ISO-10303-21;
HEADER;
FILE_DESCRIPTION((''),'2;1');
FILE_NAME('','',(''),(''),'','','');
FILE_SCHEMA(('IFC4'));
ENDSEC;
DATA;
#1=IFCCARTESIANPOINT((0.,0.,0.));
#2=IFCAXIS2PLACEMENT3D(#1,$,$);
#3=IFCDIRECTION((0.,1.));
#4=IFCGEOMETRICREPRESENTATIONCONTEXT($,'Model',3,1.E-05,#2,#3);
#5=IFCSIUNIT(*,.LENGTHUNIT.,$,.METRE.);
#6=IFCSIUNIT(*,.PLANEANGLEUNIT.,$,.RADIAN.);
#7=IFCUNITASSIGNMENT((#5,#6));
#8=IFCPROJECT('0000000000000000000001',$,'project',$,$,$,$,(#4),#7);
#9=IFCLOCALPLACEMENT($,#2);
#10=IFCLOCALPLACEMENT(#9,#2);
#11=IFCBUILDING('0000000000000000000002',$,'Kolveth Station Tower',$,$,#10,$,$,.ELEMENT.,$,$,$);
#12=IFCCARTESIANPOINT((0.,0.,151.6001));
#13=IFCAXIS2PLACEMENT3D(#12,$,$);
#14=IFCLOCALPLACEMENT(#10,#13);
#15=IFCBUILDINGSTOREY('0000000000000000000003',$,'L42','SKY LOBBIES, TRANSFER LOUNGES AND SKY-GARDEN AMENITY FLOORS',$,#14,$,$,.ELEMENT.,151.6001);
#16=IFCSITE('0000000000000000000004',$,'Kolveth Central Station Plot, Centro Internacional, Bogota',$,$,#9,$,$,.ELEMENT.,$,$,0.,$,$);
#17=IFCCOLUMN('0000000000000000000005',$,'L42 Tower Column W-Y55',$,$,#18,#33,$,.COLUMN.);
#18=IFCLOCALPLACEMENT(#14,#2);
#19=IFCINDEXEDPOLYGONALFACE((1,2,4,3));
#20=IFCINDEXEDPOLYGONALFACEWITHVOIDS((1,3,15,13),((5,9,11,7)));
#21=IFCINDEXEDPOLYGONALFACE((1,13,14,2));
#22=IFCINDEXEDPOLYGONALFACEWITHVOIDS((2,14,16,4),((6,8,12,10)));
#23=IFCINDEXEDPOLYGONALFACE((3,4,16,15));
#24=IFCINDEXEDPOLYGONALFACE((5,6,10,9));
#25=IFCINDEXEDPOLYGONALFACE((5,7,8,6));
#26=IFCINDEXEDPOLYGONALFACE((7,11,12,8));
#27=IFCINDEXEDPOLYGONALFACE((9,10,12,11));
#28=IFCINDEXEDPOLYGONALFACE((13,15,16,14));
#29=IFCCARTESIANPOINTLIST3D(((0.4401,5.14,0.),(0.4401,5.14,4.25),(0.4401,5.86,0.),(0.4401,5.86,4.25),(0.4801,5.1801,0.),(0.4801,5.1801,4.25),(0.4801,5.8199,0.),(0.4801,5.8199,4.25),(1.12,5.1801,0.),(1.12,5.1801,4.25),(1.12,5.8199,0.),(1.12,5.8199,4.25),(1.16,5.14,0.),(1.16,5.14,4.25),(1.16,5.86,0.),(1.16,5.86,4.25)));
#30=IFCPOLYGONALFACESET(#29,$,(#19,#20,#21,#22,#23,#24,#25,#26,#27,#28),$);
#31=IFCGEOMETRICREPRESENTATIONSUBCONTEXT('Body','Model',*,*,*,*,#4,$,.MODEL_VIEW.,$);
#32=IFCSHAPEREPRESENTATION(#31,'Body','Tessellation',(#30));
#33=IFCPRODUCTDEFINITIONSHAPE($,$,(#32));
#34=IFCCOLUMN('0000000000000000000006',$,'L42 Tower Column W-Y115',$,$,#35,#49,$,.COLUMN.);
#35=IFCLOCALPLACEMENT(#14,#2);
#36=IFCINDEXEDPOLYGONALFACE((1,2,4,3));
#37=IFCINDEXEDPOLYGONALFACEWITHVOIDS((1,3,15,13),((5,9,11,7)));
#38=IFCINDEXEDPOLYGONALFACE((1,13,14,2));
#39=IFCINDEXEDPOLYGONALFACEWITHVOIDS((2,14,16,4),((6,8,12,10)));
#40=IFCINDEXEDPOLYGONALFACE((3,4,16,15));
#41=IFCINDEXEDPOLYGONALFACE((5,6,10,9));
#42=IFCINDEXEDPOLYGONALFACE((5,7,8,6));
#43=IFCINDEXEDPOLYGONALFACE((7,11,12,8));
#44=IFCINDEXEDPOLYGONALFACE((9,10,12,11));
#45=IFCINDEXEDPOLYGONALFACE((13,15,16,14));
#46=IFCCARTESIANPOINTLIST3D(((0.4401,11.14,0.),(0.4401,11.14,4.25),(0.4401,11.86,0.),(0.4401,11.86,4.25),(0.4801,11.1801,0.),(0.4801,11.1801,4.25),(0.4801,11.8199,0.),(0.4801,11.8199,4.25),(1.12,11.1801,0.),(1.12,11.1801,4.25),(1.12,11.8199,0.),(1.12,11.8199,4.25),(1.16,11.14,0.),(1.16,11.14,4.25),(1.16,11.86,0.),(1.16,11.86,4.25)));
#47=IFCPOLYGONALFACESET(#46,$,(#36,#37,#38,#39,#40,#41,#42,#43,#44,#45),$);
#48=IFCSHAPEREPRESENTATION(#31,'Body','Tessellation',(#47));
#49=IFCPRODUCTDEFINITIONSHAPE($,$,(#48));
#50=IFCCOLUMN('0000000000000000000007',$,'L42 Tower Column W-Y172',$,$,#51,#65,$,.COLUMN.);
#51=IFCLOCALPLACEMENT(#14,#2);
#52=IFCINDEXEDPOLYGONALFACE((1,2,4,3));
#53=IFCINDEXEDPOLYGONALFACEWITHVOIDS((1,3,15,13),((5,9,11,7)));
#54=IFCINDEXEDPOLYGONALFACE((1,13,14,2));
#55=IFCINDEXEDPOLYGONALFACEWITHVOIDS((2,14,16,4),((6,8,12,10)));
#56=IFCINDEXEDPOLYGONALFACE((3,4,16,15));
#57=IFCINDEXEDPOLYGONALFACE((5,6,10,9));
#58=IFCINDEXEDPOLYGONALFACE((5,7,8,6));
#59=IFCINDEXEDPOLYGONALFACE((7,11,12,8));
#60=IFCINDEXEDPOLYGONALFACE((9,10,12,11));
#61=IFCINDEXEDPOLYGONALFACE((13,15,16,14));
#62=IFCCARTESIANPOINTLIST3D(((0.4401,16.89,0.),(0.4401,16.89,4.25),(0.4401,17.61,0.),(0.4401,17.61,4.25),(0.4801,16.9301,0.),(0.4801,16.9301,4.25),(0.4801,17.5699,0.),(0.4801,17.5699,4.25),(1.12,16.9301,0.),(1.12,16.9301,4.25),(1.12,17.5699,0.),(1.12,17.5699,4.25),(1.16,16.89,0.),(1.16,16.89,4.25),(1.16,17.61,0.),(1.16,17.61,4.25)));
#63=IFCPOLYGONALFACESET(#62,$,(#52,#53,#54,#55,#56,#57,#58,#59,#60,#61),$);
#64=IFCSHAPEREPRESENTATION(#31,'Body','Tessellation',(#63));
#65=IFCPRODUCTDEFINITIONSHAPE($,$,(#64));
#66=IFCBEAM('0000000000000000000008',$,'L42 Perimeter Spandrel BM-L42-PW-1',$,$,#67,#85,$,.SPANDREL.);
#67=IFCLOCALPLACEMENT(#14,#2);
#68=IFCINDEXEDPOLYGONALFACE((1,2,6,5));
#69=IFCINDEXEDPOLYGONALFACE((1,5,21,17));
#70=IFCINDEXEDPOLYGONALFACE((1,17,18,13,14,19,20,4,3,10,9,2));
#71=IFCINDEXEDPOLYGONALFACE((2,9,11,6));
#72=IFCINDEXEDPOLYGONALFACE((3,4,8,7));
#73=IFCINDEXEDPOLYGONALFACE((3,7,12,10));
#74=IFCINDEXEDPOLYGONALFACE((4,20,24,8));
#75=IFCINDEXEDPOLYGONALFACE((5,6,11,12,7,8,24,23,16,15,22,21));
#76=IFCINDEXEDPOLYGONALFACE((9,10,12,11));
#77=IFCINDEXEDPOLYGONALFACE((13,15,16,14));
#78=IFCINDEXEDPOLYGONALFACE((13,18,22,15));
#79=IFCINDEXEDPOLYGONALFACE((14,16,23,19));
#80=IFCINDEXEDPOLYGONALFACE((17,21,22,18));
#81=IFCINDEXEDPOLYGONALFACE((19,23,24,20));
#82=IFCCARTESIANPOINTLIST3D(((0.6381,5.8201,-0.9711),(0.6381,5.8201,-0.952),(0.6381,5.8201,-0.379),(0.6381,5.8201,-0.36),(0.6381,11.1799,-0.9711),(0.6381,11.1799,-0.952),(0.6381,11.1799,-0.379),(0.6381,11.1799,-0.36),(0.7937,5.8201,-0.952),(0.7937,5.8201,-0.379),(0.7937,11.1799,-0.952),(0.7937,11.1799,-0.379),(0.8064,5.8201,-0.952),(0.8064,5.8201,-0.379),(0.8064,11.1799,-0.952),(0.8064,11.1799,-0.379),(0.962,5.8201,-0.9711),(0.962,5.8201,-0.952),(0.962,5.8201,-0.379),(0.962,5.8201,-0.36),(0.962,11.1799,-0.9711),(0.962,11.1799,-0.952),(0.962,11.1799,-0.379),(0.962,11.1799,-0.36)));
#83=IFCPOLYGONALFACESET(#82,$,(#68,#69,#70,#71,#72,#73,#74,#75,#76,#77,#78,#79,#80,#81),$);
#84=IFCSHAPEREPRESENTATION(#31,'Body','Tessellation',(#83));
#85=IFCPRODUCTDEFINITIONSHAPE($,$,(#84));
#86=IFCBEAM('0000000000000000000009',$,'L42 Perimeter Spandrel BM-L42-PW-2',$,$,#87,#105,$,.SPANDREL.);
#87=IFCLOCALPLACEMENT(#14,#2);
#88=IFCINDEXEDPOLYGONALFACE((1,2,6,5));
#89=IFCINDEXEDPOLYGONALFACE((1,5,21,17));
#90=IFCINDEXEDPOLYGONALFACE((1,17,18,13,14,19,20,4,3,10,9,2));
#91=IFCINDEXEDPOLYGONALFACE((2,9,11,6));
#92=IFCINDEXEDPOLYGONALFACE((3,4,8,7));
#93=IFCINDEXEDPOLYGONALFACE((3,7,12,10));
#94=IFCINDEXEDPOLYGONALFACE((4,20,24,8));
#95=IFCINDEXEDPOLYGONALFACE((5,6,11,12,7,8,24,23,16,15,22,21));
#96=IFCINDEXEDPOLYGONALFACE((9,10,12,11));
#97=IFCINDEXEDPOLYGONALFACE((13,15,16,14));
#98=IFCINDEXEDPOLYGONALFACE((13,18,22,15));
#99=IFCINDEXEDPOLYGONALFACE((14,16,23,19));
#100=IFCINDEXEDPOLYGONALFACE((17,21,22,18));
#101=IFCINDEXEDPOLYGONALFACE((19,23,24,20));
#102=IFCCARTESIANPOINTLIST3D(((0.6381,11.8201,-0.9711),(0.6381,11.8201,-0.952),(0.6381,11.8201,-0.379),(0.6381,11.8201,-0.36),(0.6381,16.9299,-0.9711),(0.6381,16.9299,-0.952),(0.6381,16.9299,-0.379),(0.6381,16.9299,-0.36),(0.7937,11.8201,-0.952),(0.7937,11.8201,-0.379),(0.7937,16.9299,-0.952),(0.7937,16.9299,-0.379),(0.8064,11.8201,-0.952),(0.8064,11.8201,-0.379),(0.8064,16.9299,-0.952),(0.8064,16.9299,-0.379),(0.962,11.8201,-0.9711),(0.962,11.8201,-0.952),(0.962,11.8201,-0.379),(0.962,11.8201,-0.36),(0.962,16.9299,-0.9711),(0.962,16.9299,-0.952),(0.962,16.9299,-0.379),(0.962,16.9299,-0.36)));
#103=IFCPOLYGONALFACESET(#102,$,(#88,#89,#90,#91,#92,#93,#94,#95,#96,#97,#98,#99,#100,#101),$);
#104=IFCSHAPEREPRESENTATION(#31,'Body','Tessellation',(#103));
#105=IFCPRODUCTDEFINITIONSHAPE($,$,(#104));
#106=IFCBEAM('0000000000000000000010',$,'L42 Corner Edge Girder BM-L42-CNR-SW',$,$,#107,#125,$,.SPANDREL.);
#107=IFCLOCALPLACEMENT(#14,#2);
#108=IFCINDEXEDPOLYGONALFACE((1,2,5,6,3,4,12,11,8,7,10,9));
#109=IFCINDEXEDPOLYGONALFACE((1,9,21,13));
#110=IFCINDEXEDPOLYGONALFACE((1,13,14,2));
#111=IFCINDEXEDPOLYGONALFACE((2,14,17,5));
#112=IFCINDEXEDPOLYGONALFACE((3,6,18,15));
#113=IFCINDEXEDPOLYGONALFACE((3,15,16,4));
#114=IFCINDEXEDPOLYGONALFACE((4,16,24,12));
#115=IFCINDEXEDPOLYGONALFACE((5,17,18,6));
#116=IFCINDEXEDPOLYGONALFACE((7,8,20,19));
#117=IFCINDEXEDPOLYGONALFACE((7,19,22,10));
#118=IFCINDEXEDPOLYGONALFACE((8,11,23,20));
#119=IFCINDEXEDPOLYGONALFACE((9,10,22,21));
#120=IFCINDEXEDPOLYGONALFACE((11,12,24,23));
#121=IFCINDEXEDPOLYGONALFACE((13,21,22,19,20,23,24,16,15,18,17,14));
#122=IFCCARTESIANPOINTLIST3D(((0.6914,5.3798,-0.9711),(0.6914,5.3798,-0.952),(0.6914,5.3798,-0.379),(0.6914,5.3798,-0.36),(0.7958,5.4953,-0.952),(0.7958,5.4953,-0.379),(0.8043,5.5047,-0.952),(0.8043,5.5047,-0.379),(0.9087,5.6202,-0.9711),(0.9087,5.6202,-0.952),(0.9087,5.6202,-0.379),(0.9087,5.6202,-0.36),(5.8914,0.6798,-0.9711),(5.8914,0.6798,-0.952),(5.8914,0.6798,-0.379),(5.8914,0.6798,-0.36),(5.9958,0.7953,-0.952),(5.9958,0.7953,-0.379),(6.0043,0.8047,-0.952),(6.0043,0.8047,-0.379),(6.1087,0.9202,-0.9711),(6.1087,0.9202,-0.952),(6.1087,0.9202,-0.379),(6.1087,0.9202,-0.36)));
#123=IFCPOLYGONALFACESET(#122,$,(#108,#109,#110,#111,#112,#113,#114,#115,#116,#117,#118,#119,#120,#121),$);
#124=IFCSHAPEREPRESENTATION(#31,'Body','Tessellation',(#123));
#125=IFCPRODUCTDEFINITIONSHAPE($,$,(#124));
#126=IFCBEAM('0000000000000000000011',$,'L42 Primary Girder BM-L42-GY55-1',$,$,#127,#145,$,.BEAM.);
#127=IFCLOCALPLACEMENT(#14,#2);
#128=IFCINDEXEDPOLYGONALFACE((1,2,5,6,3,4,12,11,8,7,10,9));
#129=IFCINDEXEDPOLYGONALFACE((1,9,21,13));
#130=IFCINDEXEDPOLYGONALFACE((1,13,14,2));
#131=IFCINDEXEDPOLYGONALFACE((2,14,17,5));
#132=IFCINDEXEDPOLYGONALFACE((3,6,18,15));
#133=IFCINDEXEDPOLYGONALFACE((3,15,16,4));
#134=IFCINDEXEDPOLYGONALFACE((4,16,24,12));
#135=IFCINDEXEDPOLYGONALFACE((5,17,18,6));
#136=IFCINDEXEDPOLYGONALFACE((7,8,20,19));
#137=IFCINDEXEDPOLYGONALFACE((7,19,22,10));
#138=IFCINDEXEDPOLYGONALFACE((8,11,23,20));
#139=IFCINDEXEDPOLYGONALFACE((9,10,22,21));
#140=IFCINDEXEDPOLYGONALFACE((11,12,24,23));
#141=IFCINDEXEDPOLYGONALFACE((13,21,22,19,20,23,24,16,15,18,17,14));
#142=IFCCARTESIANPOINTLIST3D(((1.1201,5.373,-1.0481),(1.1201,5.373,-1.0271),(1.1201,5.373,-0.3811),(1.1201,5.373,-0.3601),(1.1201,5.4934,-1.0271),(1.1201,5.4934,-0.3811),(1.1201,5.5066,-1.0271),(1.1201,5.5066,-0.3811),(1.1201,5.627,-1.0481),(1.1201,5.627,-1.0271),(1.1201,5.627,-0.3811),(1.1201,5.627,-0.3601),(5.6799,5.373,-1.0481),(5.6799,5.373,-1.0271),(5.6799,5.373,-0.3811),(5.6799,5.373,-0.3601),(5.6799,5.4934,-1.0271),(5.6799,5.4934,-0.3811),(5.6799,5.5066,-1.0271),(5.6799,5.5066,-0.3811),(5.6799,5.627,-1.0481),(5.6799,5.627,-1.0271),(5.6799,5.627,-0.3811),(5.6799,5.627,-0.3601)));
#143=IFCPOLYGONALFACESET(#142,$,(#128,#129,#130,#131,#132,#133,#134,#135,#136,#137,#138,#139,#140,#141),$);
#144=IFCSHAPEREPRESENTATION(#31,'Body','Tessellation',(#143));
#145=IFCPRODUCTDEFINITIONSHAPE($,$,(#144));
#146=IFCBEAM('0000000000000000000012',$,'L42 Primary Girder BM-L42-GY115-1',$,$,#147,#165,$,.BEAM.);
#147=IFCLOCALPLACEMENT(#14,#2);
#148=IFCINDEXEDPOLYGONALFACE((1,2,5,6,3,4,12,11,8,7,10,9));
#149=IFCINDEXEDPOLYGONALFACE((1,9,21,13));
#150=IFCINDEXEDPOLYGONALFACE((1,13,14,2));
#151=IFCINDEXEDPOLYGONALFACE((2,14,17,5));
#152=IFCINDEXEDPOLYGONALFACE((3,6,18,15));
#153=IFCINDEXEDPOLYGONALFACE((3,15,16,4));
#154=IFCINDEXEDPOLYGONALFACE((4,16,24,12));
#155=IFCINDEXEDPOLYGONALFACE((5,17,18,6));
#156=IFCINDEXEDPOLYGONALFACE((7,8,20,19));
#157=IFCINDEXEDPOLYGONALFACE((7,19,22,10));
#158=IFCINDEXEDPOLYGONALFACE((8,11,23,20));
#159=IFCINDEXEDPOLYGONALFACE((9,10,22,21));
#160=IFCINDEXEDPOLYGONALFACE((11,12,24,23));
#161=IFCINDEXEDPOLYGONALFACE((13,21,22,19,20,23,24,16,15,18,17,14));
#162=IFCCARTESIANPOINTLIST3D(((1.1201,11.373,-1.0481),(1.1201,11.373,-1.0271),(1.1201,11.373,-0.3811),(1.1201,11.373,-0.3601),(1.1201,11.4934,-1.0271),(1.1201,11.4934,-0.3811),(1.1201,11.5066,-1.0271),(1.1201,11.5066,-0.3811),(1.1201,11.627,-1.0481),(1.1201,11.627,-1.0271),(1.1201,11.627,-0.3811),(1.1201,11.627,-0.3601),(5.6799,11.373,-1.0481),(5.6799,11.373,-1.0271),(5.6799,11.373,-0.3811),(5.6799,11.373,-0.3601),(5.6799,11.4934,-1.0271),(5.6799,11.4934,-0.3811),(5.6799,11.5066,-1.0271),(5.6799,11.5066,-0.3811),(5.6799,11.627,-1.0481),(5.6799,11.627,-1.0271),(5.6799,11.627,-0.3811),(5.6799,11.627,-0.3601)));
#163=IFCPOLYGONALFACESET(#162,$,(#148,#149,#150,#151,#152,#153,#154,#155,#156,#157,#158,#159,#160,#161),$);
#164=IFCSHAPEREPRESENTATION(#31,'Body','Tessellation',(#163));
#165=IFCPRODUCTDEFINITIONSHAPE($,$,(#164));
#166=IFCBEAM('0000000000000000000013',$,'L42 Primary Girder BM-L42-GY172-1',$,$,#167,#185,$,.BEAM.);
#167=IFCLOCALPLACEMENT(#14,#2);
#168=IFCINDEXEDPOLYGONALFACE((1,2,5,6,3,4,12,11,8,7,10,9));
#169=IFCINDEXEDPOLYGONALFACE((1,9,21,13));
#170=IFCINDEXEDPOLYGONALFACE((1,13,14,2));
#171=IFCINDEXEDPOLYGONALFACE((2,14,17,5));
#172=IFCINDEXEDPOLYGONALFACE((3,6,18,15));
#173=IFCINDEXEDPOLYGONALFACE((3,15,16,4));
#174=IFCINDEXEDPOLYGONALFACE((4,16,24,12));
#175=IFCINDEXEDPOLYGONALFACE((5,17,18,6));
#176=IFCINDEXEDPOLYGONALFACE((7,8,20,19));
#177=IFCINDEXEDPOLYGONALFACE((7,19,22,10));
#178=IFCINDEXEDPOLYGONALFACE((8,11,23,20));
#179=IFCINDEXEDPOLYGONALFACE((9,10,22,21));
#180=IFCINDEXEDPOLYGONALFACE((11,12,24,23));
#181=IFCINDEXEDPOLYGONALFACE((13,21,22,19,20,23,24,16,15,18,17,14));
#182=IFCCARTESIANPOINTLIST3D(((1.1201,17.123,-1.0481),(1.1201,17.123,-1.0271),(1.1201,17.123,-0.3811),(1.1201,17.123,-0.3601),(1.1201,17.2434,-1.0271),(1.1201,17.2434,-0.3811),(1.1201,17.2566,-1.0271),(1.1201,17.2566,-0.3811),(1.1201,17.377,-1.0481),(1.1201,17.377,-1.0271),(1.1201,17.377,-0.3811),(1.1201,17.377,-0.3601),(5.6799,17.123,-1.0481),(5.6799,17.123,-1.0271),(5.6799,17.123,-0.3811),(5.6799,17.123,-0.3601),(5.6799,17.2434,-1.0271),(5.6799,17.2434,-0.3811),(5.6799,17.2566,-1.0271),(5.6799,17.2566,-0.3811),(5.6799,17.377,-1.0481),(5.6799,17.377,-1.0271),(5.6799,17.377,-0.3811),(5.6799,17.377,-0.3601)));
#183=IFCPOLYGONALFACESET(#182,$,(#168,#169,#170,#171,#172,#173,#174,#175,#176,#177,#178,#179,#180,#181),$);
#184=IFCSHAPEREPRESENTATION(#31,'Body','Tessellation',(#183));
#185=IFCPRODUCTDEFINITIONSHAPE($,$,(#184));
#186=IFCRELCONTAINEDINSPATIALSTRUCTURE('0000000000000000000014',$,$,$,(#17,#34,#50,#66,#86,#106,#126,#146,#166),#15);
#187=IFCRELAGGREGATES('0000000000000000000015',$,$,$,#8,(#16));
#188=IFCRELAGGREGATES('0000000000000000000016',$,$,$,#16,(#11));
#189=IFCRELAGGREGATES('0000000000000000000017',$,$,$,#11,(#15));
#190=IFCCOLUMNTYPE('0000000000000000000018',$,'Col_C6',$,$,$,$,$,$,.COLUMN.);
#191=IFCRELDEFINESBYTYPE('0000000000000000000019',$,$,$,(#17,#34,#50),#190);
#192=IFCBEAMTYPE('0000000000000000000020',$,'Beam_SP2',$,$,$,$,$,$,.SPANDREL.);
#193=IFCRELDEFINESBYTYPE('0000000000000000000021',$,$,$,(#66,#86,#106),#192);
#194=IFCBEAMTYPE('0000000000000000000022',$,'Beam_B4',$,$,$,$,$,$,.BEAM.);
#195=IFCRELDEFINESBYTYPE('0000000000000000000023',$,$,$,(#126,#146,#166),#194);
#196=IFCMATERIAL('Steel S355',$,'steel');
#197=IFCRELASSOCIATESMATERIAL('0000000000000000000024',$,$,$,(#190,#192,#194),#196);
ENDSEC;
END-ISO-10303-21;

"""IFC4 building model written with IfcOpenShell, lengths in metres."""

from ifc_helpers import new_model, si_unit, direction, frame, origin, origin_2d, place, context, subcontext, project, spatial, hollow_rectangle, i_section, extrude, source, transform, mapped, material, material_profile, profile_set, type_object, element, save


model = new_model("IFC4")

# Units and contexts
model_context = context("Model", 3, precision=1e-05, world=origin(), true_north=direction((0.0, 1.0)))
body_context = subcontext(model_context, "Body", "Model", "MODEL_VIEW")
ifc_project = project(units=[si_unit("LENGTHUNIT", "METRE"), si_unit("PLANEANGLEUNIT", "RADIAN")], contexts=[model_context])

# Site, building, storey
site_placement = place(None, origin())
site = spatial("IfcSite", under=ifc_project, at=site_placement, Name="Kolveth Central Station Plot, Centro Internacional, Bogota", CompositionType="ELEMENT", RefElevation=0.0)
building_placement = place(site_placement, origin())
building = spatial("IfcBuilding", under=site, at=building_placement, Name="Kolveth Station Tower", CompositionType="ELEMENT")
storey_placement = place(building_placement, frame((0.0, 0.0, 151.6001)))
storey = spatial("IfcBuildingStorey", under=building, at=storey_placement, Name="L42", Description="SKY LOBBIES, TRANSFER LOUNGES AND SKY-GARDEN AMENITY FLOORS", CompositionType="ELEMENT", Elevation=151.6001)

# Columns
ifc_material_1 = material(Name="Steel S355", Category="steel")
ifc_material_profile_1 = material_profile(ifc_material_1, hollow_rectangle(XDim=0.72, YDim=0.72, WallThickness=0.04, at=origin_2d()), Name="BOX720x720x40")
ifc_profile_set_1 = profile_set([ifc_material_profile_1], Name="Steel S355")
column_type = type_object("IfcColumnType", Name="Col_C6", PredefinedType="COLUMN", material=ifc_profile_set_1)
shared_shape_1 = source(origin(), body_context, "Body", "SweptSolid", [
    extrude(hollow_rectangle(XDim=0.72, YDim=0.72, WallThickness=0.04, at=origin_2d()), origin(), (0.0, 0.0, 1.0), 4.25),
])
for number, where, z_axis, x_axis, name in (
    (1, (0.8, 5.5, 0.0), (0.0, 0.0, 1.0), (1.0, 0.0, 0.0), "L42 Tower Column W-Y55"),
    (2, (0.8, 11.5, 0.0), (0.0, 0.0, 1.0), (1.0, 0.0, 0.0), "L42 Tower Column W-Y115"),
    (3, (0.8, 17.25, 0.0), (0.0, 0.0, 1.0), (1.0, 0.0, 0.0), "L42 Tower Column W-Y172"),
):
    element("IfcColumn", number, at=place(storey_placement, frame(where, z_axis=z_axis, x_axis=x_axis)), inside=storey, type_object=column_type, Name=name, PredefinedType="COLUMN", context=body_context, shape_type="MappedRepresentation", body=[
        mapped(shared_shape_1, transform((0.0, 0.0, 0.0), x_axis=(1.0, 0.0, 0.0), y_axis=(0.0, 1.0, 0.0), z_axis=(0.0, 0.0, 1.0), scale=1.0)),
    ])

# Beams
ifc_material_profile_2 = material_profile(ifc_material_1, i_section(OverallWidth=0.324, OverallDepth=0.6111, WebThickness=0.0127, FlangeThickness=0.019, at=origin_2d()), Name="W610x155")
ifc_profile_set_2 = profile_set([ifc_material_profile_2], Name="Steel S355")
beam_type_1 = type_object("IfcBeamType", Name="Beam_SP2", PredefinedType="SPANDREL", material=ifc_profile_set_2)
shared_shape_2 = source(origin(), body_context, "Body", "SweptSolid", [
    extrude(i_section(OverallWidth=0.324, OverallDepth=0.6111, WebThickness=0.0127, FlangeThickness=0.019, at=origin_2d()), origin(), (0.0, 0.0, 1.0), 5.3599),
])
beam_1_placement = place(storey_placement, frame((0.8, 5.8201, -0.6655), z_axis=(0.0, 1.0, 0.0), x_axis=(-1.0, 0.0, 0.0)))
element("IfcBeam", 4, at=beam_1_placement, inside=storey, type_object=beam_type_1, Name="L42 Perimeter Spandrel BM-L42-PW-1", PredefinedType="SPANDREL", context=body_context, shape_type="MappedRepresentation", body=[
    mapped(shared_shape_2, transform((0.0, 0.0, 0.0), x_axis=(1.0, 0.0, 0.0), y_axis=(0.0, 1.0, 0.0), z_axis=(0.0, 0.0, 1.0), scale=1.0)),
])
shared_shape_3 = source(origin(), body_context, "Body", "SweptSolid", [
    extrude(i_section(OverallWidth=0.324, OverallDepth=0.6111, WebThickness=0.0127, FlangeThickness=0.019, at=origin_2d()), origin(), (0.0, 0.0, 1.0), 5.1099),
])
beam_2_placement = place(storey_placement, frame((0.8, 11.8201, -0.6655), z_axis=(0.0, 1.0, 0.0), x_axis=(-1.0, 0.0, 0.0)))
element("IfcBeam", 5, at=beam_2_placement, inside=storey, type_object=beam_type_1, Name="L42 Perimeter Spandrel BM-L42-PW-2", PredefinedType="SPANDREL", context=body_context, shape_type="MappedRepresentation", body=[
    mapped(shared_shape_3, transform((0.0, 0.0, 0.0), x_axis=(1.0, 0.0, 0.0), y_axis=(0.0, 1.0, 0.0), z_axis=(0.0, 0.0, 1.0), scale=1.0)),
])
shared_shape_4 = source(origin(), body_context, "Body", "SweptSolid", [
    extrude(i_section(OverallWidth=0.324, OverallDepth=0.6111, WebThickness=0.0127, FlangeThickness=0.019, at=origin_2d()), origin(), (0.0, 0.0, 1.0), 7.0093),
])
beam_3_placement = place(storey_placement, frame((0.8, 5.5, -0.6655), z_axis=(0.741874, -0.670539, 0.0), x_axis=(0.670539, 0.741874, 0.0)))
element("IfcBeam", 6, at=beam_3_placement, inside=storey, type_object=beam_type_1, Name="L42 Corner Edge Girder BM-L42-CNR-SW", PredefinedType="SPANDREL", context=body_context, shape_type="MappedRepresentation", body=[
    mapped(shared_shape_4, transform((0.0, 0.0, 0.0), x_axis=(1.0, 0.0, 0.0), y_axis=(0.0, 1.0, 0.0), z_axis=(0.0, 0.0, 1.0), scale=1.0)),
])
ifc_material_profile_3 = material_profile(ifc_material_1, i_section(OverallWidth=0.2539, OverallDepth=0.688, WebThickness=0.0132, FlangeThickness=0.021, at=origin_2d()), Name="W690x152")
ifc_profile_set_3 = profile_set([ifc_material_profile_3], Name="Steel S355")
beam_type_2 = type_object("IfcBeamType", Name="Beam_B4", PredefinedType="BEAM", material=ifc_profile_set_3)
shared_shape_5 = source(origin(), body_context, "Body", "SweptSolid", [
    extrude(i_section(OverallWidth=0.2539, OverallDepth=0.688, WebThickness=0.0132, FlangeThickness=0.021, at=origin_2d()), origin(), (0.0, 0.0, 1.0), 4.5598),
])
for number, where, z_axis, x_axis, name in (
    (7, (1.1201, 5.5, -0.7041), (1.0, 0.0, 0.0), (0.0, 1.0, 0.0), "L42 Primary Girder BM-L42-GY55-1"),
    (8, (1.1201, 11.5, -0.7041), (1.0, 0.0, 0.0), (0.0, 1.0, 0.0), "L42 Primary Girder BM-L42-GY115-1"),
    (9, (1.1201, 17.25, -0.7041), (1.0, 0.0, 0.0), (0.0, 1.0, 0.0), "L42 Primary Girder BM-L42-GY172-1"),
):
    element("IfcBeam", number, at=place(storey_placement, frame(where, z_axis=z_axis, x_axis=x_axis)), inside=storey, type_object=beam_type_2, Name=name, PredefinedType="BEAM", context=body_context, shape_type="MappedRepresentation", body=[
        mapped(shared_shape_5, transform((0.0, 0.0, 0.0), x_axis=(1.0, 0.0, 0.0), y_axis=(0.0, 1.0, 0.0), z_axis=(0.0, 0.0, 1.0), scale=1.0)),
    ])

save(model, "model.ifc")
